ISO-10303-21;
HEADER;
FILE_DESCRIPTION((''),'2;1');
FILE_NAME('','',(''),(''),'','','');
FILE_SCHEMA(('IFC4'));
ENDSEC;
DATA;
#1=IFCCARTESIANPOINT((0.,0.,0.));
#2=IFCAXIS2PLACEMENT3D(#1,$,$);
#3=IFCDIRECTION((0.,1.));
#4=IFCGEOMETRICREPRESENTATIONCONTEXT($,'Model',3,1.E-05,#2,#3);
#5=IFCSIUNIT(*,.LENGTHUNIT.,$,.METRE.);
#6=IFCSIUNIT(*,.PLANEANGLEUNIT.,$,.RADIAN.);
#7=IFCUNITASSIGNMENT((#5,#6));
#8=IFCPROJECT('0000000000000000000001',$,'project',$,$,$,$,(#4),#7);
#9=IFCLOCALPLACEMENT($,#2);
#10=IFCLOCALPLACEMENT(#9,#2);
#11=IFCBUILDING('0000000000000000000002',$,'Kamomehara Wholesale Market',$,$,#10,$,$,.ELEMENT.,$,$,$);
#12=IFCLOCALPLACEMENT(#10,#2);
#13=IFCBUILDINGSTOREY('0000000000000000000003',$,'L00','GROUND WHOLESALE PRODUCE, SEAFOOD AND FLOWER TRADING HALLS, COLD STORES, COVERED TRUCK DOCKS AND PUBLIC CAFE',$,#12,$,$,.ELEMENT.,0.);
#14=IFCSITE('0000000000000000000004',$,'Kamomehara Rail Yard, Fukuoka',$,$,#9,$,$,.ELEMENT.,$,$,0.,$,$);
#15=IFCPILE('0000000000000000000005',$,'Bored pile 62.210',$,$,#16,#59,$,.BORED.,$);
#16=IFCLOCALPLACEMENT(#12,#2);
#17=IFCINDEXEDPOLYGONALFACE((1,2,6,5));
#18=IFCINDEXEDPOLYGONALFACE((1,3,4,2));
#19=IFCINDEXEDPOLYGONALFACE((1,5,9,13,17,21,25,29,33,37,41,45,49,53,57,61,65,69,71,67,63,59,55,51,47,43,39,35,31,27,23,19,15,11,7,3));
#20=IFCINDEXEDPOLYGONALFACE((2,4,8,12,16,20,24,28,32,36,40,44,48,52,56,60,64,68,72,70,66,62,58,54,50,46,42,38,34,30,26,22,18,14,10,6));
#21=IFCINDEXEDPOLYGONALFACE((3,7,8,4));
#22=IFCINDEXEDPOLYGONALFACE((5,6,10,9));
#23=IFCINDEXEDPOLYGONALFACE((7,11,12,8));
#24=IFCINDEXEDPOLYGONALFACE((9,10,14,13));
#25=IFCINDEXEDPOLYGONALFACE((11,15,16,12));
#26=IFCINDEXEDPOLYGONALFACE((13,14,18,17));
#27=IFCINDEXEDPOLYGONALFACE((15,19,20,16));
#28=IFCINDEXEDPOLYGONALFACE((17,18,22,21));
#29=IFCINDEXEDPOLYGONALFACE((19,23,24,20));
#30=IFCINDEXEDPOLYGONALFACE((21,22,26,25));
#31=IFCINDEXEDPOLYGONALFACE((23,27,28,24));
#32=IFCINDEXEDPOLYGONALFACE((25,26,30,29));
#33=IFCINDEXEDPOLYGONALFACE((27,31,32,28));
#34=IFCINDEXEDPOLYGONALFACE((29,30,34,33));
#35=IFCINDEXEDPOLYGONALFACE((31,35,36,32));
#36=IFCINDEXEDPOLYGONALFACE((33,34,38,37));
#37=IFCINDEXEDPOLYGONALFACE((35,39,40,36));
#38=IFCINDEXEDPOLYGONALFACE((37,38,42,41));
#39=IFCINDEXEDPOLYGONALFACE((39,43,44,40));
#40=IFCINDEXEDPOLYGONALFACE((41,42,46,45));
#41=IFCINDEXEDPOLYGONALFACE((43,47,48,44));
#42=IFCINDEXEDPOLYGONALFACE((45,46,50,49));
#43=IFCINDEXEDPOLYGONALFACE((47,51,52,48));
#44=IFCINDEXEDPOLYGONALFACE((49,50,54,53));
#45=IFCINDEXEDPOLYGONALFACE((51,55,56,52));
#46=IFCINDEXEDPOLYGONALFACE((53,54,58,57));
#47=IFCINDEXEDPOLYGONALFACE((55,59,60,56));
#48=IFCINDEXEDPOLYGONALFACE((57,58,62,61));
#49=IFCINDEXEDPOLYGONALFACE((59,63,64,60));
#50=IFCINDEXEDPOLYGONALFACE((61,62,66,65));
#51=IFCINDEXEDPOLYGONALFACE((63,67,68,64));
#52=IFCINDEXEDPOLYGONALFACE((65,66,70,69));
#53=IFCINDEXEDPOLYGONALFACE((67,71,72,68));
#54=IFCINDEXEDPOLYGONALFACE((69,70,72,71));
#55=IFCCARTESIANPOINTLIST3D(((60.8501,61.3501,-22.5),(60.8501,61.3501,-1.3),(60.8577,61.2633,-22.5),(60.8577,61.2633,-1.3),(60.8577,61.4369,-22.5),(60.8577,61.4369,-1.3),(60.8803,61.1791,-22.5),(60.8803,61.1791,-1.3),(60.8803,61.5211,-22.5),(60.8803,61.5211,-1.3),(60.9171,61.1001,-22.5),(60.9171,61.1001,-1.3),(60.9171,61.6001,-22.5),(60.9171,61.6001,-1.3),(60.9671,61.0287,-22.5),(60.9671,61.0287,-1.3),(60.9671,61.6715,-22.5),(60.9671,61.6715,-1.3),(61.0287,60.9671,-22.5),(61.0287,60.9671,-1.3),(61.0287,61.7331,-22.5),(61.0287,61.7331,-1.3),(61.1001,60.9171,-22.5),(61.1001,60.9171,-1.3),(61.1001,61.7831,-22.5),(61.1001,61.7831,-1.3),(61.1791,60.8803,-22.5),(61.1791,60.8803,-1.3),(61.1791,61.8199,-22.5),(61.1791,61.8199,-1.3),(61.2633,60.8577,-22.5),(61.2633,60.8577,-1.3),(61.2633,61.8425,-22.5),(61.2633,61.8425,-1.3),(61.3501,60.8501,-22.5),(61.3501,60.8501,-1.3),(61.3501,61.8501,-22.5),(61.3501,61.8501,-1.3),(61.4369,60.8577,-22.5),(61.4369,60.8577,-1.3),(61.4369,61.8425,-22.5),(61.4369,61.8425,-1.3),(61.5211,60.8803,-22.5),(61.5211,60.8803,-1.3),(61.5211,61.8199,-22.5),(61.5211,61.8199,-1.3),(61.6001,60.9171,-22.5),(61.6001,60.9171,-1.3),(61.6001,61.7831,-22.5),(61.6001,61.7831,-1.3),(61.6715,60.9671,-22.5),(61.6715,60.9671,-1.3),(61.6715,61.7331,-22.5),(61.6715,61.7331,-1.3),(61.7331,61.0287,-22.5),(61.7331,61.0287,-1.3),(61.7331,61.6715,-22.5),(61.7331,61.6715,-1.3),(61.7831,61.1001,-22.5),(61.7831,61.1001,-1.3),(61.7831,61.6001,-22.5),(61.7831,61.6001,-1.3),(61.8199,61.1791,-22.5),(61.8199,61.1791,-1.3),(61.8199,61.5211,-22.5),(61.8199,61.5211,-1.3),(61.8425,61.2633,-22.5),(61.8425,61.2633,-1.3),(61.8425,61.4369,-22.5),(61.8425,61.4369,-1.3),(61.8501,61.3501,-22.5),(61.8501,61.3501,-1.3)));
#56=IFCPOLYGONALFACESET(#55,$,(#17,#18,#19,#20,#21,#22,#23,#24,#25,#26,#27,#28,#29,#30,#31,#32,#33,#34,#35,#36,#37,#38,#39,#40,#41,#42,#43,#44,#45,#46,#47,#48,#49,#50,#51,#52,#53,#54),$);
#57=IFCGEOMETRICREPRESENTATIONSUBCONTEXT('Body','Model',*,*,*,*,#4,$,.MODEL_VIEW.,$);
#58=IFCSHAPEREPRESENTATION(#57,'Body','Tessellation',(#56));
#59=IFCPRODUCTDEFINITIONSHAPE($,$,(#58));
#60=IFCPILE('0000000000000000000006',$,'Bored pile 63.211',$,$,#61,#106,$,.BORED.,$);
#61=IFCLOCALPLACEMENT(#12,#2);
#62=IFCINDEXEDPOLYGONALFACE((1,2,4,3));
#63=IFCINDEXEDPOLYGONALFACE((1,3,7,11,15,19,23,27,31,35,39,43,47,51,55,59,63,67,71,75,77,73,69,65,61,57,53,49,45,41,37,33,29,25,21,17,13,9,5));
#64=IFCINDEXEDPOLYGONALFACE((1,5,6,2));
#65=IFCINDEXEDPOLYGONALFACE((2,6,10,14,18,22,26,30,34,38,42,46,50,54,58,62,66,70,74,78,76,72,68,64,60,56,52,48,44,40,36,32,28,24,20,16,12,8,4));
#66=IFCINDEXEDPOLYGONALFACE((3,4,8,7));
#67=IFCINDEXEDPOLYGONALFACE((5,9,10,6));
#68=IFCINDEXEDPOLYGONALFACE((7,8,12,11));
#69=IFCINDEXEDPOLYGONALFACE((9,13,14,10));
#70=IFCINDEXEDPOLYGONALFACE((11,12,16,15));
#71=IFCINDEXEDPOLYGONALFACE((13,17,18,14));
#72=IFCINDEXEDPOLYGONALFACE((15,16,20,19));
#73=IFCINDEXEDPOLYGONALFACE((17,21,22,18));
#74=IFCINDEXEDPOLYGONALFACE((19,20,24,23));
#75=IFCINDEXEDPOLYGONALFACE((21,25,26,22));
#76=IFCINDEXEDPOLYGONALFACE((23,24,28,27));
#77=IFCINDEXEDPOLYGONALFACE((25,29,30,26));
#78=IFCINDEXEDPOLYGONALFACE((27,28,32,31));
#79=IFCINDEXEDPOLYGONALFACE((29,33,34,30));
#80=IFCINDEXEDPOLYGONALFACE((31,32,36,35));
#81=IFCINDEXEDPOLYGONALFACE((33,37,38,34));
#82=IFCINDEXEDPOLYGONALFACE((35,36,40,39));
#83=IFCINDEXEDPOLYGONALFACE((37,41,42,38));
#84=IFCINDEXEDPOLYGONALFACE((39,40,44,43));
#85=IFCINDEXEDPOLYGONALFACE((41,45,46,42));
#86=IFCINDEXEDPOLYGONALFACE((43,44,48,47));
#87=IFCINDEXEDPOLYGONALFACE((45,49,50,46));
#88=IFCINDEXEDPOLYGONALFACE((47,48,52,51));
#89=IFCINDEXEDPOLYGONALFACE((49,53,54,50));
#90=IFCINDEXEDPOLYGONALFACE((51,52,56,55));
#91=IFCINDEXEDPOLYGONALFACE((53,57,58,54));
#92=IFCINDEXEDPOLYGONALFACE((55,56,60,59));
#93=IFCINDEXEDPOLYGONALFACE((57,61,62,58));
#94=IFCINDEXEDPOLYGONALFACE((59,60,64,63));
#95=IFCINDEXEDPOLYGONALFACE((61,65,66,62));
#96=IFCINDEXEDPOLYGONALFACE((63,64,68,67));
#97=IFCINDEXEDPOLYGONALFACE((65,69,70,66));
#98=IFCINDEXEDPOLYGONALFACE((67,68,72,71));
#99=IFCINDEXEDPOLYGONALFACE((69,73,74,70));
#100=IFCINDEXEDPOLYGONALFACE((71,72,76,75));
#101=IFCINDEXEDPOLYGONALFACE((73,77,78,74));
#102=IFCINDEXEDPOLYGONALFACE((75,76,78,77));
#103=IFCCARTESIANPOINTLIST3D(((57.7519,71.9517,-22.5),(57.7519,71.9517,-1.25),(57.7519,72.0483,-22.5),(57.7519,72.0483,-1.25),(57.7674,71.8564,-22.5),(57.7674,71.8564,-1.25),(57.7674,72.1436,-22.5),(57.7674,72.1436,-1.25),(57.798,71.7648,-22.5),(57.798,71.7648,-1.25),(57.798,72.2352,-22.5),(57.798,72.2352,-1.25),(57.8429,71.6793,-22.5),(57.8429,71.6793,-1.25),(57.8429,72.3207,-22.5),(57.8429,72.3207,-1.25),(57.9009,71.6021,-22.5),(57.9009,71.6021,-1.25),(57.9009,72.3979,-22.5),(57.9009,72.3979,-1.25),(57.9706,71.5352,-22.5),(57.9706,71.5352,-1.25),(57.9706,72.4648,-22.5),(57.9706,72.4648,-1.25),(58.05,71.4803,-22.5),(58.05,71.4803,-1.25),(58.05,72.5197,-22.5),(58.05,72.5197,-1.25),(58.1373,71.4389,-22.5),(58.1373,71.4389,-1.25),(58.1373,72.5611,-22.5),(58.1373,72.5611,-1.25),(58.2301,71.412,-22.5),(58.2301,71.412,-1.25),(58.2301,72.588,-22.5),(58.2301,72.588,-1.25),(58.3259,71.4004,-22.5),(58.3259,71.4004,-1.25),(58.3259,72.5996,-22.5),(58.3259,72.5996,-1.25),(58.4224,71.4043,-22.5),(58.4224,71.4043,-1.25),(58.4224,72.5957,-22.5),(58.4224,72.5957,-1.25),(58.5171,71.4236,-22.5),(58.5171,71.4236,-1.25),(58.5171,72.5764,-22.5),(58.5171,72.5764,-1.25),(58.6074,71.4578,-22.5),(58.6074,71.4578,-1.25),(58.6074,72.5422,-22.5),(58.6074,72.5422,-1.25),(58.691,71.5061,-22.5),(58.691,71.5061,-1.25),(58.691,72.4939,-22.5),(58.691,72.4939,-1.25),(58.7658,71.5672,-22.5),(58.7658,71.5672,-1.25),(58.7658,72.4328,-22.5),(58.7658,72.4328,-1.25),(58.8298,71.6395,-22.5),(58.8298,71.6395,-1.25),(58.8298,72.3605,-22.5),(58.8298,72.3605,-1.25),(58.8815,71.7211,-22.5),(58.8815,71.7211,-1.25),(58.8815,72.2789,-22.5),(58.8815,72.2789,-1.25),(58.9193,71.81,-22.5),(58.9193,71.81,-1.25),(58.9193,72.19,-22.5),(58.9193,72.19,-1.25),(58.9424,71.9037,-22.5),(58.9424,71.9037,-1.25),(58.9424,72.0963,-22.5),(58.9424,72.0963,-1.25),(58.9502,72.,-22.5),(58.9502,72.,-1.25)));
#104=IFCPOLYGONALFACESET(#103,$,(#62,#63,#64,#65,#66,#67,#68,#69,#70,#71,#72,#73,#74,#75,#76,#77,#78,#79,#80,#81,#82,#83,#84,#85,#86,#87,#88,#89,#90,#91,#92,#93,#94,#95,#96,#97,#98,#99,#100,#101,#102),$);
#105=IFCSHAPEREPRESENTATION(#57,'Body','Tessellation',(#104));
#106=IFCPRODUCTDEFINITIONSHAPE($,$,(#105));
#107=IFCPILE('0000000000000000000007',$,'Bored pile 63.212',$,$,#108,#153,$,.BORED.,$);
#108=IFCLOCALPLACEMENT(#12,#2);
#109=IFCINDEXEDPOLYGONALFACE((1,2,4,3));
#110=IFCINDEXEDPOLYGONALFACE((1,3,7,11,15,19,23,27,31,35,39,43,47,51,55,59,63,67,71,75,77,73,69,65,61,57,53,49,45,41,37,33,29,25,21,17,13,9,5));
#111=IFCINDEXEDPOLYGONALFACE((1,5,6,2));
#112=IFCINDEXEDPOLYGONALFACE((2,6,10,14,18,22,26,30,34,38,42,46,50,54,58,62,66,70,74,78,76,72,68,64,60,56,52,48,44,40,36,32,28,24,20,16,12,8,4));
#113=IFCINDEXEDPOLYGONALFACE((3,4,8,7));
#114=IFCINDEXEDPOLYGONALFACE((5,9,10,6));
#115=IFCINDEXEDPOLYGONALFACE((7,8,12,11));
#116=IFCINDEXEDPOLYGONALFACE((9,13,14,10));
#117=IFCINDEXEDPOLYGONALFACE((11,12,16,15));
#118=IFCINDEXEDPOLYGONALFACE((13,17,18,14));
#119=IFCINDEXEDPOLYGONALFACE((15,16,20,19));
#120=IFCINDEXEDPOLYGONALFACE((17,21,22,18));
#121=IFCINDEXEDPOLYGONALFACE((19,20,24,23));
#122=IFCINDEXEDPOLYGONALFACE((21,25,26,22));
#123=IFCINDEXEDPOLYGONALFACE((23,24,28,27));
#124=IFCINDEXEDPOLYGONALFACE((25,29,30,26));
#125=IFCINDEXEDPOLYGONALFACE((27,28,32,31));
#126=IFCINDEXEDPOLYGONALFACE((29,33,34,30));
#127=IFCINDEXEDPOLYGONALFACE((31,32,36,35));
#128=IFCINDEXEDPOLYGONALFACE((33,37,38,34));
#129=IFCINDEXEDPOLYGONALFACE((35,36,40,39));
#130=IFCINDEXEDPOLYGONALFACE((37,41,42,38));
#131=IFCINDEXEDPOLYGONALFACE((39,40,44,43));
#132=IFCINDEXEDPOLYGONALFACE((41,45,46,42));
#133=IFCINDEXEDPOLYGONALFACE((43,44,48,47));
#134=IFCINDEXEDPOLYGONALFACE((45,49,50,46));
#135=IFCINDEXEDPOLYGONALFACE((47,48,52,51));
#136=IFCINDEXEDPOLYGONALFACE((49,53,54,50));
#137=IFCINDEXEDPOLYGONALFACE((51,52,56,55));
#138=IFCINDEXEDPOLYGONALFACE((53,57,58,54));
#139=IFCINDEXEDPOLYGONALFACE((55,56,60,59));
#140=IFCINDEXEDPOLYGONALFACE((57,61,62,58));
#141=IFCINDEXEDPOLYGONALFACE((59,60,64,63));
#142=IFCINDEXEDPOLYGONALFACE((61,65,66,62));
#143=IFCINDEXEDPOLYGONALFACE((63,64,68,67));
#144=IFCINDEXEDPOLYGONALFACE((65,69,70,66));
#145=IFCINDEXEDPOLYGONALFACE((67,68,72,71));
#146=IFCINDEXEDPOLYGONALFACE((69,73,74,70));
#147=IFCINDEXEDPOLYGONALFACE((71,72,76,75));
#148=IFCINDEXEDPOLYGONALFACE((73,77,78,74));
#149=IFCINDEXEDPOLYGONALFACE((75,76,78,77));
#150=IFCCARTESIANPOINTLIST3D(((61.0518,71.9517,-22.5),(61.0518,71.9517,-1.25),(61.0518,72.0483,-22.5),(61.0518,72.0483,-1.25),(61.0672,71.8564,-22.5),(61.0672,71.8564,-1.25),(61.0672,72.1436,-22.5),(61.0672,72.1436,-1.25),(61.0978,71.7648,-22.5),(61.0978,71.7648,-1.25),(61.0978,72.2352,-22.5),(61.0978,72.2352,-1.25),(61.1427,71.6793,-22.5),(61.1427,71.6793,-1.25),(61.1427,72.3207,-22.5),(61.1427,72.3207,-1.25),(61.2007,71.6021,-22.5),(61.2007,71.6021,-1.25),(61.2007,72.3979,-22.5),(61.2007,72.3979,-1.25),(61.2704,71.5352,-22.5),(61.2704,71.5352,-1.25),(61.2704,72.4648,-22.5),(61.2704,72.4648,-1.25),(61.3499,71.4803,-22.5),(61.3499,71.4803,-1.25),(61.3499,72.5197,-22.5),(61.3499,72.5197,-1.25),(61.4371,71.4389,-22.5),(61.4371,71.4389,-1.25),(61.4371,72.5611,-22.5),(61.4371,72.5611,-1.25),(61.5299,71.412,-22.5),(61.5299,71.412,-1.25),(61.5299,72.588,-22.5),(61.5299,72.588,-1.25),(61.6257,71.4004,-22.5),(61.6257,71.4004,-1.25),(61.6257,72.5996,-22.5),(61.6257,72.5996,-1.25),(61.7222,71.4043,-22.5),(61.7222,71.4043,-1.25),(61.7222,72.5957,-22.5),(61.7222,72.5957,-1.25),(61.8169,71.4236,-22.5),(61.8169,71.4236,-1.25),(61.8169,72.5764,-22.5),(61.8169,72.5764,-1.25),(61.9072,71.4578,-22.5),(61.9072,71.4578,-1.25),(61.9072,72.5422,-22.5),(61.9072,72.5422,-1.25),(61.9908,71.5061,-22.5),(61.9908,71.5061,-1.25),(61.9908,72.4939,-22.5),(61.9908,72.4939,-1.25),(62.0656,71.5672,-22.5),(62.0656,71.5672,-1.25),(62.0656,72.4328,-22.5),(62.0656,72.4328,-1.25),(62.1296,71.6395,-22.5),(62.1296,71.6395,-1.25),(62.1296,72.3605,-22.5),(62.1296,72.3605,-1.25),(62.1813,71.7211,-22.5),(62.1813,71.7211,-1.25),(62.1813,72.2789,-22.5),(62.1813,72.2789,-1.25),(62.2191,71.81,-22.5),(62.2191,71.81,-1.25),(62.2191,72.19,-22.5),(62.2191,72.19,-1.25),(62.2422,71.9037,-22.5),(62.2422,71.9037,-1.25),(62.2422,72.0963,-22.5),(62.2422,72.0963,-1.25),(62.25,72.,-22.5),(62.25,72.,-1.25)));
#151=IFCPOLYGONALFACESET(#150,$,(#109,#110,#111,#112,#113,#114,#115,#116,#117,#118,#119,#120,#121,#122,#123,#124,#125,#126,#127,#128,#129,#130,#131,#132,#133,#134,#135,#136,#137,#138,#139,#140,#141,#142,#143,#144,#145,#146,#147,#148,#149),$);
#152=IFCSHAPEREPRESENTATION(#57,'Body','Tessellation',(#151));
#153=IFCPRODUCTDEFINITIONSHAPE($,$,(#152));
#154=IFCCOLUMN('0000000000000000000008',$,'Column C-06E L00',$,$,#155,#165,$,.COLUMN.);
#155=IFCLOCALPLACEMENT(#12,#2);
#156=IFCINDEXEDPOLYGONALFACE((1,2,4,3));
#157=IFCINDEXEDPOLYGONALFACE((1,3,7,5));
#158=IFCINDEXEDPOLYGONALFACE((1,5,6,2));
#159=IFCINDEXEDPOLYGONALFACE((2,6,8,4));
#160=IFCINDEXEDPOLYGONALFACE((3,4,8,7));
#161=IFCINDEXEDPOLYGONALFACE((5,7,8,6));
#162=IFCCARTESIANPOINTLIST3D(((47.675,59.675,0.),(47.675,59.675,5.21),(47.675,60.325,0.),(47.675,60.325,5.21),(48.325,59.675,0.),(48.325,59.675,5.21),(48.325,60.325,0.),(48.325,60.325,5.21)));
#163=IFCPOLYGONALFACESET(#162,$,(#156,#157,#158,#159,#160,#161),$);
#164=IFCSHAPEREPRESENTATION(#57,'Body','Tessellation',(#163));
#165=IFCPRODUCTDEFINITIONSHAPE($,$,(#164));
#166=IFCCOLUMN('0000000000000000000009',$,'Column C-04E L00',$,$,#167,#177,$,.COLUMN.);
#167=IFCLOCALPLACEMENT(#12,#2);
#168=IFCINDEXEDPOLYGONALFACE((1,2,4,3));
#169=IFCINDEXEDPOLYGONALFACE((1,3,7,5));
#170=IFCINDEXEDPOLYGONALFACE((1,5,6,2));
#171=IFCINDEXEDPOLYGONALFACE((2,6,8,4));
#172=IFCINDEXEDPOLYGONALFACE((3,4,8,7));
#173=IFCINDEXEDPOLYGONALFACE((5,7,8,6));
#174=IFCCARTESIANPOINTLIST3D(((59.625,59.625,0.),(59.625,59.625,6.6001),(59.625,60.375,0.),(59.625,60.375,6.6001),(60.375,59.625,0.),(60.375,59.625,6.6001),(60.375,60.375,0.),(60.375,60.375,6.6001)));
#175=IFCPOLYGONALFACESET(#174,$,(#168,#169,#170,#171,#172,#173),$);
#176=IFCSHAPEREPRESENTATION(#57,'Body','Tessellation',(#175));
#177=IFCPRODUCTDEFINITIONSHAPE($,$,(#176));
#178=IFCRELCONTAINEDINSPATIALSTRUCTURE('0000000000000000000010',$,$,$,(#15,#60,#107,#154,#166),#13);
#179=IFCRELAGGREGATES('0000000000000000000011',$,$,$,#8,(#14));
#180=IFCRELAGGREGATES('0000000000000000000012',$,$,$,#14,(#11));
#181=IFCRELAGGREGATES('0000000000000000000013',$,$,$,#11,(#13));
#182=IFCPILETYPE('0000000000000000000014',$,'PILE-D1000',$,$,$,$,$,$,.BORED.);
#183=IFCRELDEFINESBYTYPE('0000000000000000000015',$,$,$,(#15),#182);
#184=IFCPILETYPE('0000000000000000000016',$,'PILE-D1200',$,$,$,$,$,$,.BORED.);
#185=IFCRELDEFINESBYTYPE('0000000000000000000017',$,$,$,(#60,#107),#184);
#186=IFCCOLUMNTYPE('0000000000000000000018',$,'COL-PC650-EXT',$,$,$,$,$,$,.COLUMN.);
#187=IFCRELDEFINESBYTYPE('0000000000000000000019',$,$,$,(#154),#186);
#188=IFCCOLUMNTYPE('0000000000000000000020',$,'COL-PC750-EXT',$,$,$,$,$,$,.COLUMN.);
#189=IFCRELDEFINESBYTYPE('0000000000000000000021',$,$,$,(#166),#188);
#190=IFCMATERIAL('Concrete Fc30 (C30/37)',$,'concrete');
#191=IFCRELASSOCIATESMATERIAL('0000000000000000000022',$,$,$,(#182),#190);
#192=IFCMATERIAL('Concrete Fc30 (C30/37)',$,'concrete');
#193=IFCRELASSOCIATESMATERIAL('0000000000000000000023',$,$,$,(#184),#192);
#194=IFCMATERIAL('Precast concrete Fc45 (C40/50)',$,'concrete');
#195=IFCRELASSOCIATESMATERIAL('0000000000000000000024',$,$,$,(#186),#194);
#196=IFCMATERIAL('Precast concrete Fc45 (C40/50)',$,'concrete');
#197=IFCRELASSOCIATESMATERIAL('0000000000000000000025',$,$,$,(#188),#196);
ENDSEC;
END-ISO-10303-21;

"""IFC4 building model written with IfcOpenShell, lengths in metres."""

from ifc_helpers import new_model, si_unit, direction, frame, origin, origin_2d, place, context, subcontext, project, spatial, rectangle, circle, extrude, material, material_profile, profile_set, type_object, element, save


model = new_model("IFC4")

# Units and contexts
model_context = context("Model", 3, precision=1e-05, world=origin(), true_north=direction((0.0, 1.0)))
body_context = subcontext(model_context, "Body", "Model", "MODEL_VIEW")
ifc_project = project(units=[si_unit("LENGTHUNIT", "METRE"), si_unit("PLANEANGLEUNIT", "RADIAN")], contexts=[model_context])

# Site, building, storey
site_placement = place(None, origin())
site = spatial("IfcSite", under=ifc_project, at=site_placement, Name="Kamomehara Rail Yard, Fukuoka", CompositionType="ELEMENT", RefElevation=0.0)
building_placement = place(site_placement, origin())
building = spatial("IfcBuilding", under=site, at=building_placement, Name="Kamomehara Wholesale Market", CompositionType="ELEMENT")
storey_placement = place(building_placement, origin())
storey = spatial("IfcBuildingStorey", under=building, at=storey_placement, Name="L00", Description="GROUND WHOLESALE PRODUCE, SEAFOOD AND FLOWER TRADING HALLS, COLD STORES, COVERED TRUCK DOCKS AND PUBLIC CAFE", CompositionType="ELEMENT", Elevation=0.0)

# Piles
ifc_material_1 = material(Name="Concrete Fc30 (C30/37)", Category="concrete")
ifc_material_profile_1 = material_profile(ifc_material_1, circle(Radius=0.5, at=origin_2d()), Name="RC-PILE-D1000")
ifc_profile_set_1 = profile_set([ifc_material_profile_1], Name="Concrete Fc30 (C30/37)")
pile_type_1 = type_object("IfcPileType", Name="PILE-D1000", PredefinedType="BORED", material=ifc_profile_set_1)
for number, where, z_axis, x_axis, name in (
    (1, (61.3501, 61.3501, -1.3), (0.0, 0.0, -1.0), (1.0, 0.0, 0.0), "Bored pile 62.210"),
):
    element("IfcPile", number, at=place(storey_placement, frame(where, z_axis=z_axis, x_axis=x_axis)), inside=storey, type_object=pile_type_1, Name=name, PredefinedType="BORED", context=body_context, shape_type="SweptSolid", body=[
        extrude(circle(Radius=0.5, at=origin_2d()), origin(), (0.0, 0.0, 1.0), 21.2),
    ])
ifc_material_2 = material(Name="Concrete Fc30 (C30/37)", Category="concrete")
ifc_material_profile_2 = material_profile(ifc_material_2, circle(Radius=0.6001, at=origin_2d()), Name="RC-PILE-D1200")
ifc_profile_set_2 = profile_set([ifc_material_profile_2], Name="Concrete Fc30 (C30/37)")
pile_type_2 = type_object("IfcPileType", Name="PILE-D1200", PredefinedType="BORED", material=ifc_profile_set_2)
for number, where, z_axis, x_axis, name in (
    (2, (58.3501, 72.0, -1.25), (0.0, 0.0, -1.0), (1.0, 0.0, 0.0), "Bored pile 63.211"),
    (3, (61.6499, 72.0, -1.25), (0.0, 0.0, -1.0), (1.0, 0.0, 0.0), "Bored pile 63.212"),
):
    element("IfcPile", number, at=place(storey_placement, frame(where, z_axis=z_axis, x_axis=x_axis)), inside=storey, type_object=pile_type_2, Name=name, PredefinedType="BORED", context=body_context, shape_type="SweptSolid", body=[
        extrude(circle(Radius=0.6001, at=origin_2d()), origin(), (0.0, 0.0, 1.0), 21.25),
    ])

# Columns
ifc_material_3 = material(Name="Precast concrete Fc45 (C40/50)", Category="concrete")
ifc_material_profile_3 = material_profile(ifc_material_3, rectangle(XDim=0.6499, YDim=0.6499, at=origin_2d()), Name="PC-COL-650x650")
ifc_profile_set_3 = profile_set([ifc_material_profile_3], Name="Precast concrete Fc45 (C40/50)")
column_type_1 = type_object("IfcColumnType", Name="COL-PC650-EXT", PredefinedType="COLUMN", material=ifc_profile_set_3)
column_1_placement = place(storey_placement, frame((48.0, 60.0, 0.0), z_axis=(0.0, 0.0, 1.0), x_axis=(1.0, 0.0, 0.0)))
element("IfcColumn", 4, at=column_1_placement, inside=storey, type_object=column_type_1, Name="Column C-06E L00", PredefinedType="COLUMN", context=body_context, shape_type="SweptSolid", body=[
    extrude(rectangle(XDim=0.6499, YDim=0.6499, at=origin_2d()), origin(), (0.0, 0.0, 1.0), 5.21),
])
ifc_material_4 = material(Name="Precast concrete Fc45 (C40/50)", Category="concrete")
ifc_material_profile_4 = material_profile(ifc_material_4, rectangle(XDim=0.75, YDim=0.75, at=origin_2d()), Name="PC-COL-750x750")
ifc_profile_set_4 = profile_set([ifc_material_profile_4], Name="Precast concrete Fc45 (C40/50)")
column_type_2 = type_object("IfcColumnType", Name="COL-PC750-EXT", PredefinedType="COLUMN", material=ifc_profile_set_4)
column_2_placement = place(storey_placement, frame((60.0, 60.0, 0.0), z_axis=(0.0, 0.0, 1.0), x_axis=(1.0, 0.0, 0.0)))
element("IfcColumn", 5, at=column_2_placement, inside=storey, type_object=column_type_2, Name="Column C-04E L00", PredefinedType="COLUMN", context=body_context, shape_type="SweptSolid", body=[
    extrude(rectangle(XDim=0.75, YDim=0.75, at=origin_2d()), origin(), (0.0, 0.0, 1.0), 6.6001),
])

save(model, "model.ifc")
